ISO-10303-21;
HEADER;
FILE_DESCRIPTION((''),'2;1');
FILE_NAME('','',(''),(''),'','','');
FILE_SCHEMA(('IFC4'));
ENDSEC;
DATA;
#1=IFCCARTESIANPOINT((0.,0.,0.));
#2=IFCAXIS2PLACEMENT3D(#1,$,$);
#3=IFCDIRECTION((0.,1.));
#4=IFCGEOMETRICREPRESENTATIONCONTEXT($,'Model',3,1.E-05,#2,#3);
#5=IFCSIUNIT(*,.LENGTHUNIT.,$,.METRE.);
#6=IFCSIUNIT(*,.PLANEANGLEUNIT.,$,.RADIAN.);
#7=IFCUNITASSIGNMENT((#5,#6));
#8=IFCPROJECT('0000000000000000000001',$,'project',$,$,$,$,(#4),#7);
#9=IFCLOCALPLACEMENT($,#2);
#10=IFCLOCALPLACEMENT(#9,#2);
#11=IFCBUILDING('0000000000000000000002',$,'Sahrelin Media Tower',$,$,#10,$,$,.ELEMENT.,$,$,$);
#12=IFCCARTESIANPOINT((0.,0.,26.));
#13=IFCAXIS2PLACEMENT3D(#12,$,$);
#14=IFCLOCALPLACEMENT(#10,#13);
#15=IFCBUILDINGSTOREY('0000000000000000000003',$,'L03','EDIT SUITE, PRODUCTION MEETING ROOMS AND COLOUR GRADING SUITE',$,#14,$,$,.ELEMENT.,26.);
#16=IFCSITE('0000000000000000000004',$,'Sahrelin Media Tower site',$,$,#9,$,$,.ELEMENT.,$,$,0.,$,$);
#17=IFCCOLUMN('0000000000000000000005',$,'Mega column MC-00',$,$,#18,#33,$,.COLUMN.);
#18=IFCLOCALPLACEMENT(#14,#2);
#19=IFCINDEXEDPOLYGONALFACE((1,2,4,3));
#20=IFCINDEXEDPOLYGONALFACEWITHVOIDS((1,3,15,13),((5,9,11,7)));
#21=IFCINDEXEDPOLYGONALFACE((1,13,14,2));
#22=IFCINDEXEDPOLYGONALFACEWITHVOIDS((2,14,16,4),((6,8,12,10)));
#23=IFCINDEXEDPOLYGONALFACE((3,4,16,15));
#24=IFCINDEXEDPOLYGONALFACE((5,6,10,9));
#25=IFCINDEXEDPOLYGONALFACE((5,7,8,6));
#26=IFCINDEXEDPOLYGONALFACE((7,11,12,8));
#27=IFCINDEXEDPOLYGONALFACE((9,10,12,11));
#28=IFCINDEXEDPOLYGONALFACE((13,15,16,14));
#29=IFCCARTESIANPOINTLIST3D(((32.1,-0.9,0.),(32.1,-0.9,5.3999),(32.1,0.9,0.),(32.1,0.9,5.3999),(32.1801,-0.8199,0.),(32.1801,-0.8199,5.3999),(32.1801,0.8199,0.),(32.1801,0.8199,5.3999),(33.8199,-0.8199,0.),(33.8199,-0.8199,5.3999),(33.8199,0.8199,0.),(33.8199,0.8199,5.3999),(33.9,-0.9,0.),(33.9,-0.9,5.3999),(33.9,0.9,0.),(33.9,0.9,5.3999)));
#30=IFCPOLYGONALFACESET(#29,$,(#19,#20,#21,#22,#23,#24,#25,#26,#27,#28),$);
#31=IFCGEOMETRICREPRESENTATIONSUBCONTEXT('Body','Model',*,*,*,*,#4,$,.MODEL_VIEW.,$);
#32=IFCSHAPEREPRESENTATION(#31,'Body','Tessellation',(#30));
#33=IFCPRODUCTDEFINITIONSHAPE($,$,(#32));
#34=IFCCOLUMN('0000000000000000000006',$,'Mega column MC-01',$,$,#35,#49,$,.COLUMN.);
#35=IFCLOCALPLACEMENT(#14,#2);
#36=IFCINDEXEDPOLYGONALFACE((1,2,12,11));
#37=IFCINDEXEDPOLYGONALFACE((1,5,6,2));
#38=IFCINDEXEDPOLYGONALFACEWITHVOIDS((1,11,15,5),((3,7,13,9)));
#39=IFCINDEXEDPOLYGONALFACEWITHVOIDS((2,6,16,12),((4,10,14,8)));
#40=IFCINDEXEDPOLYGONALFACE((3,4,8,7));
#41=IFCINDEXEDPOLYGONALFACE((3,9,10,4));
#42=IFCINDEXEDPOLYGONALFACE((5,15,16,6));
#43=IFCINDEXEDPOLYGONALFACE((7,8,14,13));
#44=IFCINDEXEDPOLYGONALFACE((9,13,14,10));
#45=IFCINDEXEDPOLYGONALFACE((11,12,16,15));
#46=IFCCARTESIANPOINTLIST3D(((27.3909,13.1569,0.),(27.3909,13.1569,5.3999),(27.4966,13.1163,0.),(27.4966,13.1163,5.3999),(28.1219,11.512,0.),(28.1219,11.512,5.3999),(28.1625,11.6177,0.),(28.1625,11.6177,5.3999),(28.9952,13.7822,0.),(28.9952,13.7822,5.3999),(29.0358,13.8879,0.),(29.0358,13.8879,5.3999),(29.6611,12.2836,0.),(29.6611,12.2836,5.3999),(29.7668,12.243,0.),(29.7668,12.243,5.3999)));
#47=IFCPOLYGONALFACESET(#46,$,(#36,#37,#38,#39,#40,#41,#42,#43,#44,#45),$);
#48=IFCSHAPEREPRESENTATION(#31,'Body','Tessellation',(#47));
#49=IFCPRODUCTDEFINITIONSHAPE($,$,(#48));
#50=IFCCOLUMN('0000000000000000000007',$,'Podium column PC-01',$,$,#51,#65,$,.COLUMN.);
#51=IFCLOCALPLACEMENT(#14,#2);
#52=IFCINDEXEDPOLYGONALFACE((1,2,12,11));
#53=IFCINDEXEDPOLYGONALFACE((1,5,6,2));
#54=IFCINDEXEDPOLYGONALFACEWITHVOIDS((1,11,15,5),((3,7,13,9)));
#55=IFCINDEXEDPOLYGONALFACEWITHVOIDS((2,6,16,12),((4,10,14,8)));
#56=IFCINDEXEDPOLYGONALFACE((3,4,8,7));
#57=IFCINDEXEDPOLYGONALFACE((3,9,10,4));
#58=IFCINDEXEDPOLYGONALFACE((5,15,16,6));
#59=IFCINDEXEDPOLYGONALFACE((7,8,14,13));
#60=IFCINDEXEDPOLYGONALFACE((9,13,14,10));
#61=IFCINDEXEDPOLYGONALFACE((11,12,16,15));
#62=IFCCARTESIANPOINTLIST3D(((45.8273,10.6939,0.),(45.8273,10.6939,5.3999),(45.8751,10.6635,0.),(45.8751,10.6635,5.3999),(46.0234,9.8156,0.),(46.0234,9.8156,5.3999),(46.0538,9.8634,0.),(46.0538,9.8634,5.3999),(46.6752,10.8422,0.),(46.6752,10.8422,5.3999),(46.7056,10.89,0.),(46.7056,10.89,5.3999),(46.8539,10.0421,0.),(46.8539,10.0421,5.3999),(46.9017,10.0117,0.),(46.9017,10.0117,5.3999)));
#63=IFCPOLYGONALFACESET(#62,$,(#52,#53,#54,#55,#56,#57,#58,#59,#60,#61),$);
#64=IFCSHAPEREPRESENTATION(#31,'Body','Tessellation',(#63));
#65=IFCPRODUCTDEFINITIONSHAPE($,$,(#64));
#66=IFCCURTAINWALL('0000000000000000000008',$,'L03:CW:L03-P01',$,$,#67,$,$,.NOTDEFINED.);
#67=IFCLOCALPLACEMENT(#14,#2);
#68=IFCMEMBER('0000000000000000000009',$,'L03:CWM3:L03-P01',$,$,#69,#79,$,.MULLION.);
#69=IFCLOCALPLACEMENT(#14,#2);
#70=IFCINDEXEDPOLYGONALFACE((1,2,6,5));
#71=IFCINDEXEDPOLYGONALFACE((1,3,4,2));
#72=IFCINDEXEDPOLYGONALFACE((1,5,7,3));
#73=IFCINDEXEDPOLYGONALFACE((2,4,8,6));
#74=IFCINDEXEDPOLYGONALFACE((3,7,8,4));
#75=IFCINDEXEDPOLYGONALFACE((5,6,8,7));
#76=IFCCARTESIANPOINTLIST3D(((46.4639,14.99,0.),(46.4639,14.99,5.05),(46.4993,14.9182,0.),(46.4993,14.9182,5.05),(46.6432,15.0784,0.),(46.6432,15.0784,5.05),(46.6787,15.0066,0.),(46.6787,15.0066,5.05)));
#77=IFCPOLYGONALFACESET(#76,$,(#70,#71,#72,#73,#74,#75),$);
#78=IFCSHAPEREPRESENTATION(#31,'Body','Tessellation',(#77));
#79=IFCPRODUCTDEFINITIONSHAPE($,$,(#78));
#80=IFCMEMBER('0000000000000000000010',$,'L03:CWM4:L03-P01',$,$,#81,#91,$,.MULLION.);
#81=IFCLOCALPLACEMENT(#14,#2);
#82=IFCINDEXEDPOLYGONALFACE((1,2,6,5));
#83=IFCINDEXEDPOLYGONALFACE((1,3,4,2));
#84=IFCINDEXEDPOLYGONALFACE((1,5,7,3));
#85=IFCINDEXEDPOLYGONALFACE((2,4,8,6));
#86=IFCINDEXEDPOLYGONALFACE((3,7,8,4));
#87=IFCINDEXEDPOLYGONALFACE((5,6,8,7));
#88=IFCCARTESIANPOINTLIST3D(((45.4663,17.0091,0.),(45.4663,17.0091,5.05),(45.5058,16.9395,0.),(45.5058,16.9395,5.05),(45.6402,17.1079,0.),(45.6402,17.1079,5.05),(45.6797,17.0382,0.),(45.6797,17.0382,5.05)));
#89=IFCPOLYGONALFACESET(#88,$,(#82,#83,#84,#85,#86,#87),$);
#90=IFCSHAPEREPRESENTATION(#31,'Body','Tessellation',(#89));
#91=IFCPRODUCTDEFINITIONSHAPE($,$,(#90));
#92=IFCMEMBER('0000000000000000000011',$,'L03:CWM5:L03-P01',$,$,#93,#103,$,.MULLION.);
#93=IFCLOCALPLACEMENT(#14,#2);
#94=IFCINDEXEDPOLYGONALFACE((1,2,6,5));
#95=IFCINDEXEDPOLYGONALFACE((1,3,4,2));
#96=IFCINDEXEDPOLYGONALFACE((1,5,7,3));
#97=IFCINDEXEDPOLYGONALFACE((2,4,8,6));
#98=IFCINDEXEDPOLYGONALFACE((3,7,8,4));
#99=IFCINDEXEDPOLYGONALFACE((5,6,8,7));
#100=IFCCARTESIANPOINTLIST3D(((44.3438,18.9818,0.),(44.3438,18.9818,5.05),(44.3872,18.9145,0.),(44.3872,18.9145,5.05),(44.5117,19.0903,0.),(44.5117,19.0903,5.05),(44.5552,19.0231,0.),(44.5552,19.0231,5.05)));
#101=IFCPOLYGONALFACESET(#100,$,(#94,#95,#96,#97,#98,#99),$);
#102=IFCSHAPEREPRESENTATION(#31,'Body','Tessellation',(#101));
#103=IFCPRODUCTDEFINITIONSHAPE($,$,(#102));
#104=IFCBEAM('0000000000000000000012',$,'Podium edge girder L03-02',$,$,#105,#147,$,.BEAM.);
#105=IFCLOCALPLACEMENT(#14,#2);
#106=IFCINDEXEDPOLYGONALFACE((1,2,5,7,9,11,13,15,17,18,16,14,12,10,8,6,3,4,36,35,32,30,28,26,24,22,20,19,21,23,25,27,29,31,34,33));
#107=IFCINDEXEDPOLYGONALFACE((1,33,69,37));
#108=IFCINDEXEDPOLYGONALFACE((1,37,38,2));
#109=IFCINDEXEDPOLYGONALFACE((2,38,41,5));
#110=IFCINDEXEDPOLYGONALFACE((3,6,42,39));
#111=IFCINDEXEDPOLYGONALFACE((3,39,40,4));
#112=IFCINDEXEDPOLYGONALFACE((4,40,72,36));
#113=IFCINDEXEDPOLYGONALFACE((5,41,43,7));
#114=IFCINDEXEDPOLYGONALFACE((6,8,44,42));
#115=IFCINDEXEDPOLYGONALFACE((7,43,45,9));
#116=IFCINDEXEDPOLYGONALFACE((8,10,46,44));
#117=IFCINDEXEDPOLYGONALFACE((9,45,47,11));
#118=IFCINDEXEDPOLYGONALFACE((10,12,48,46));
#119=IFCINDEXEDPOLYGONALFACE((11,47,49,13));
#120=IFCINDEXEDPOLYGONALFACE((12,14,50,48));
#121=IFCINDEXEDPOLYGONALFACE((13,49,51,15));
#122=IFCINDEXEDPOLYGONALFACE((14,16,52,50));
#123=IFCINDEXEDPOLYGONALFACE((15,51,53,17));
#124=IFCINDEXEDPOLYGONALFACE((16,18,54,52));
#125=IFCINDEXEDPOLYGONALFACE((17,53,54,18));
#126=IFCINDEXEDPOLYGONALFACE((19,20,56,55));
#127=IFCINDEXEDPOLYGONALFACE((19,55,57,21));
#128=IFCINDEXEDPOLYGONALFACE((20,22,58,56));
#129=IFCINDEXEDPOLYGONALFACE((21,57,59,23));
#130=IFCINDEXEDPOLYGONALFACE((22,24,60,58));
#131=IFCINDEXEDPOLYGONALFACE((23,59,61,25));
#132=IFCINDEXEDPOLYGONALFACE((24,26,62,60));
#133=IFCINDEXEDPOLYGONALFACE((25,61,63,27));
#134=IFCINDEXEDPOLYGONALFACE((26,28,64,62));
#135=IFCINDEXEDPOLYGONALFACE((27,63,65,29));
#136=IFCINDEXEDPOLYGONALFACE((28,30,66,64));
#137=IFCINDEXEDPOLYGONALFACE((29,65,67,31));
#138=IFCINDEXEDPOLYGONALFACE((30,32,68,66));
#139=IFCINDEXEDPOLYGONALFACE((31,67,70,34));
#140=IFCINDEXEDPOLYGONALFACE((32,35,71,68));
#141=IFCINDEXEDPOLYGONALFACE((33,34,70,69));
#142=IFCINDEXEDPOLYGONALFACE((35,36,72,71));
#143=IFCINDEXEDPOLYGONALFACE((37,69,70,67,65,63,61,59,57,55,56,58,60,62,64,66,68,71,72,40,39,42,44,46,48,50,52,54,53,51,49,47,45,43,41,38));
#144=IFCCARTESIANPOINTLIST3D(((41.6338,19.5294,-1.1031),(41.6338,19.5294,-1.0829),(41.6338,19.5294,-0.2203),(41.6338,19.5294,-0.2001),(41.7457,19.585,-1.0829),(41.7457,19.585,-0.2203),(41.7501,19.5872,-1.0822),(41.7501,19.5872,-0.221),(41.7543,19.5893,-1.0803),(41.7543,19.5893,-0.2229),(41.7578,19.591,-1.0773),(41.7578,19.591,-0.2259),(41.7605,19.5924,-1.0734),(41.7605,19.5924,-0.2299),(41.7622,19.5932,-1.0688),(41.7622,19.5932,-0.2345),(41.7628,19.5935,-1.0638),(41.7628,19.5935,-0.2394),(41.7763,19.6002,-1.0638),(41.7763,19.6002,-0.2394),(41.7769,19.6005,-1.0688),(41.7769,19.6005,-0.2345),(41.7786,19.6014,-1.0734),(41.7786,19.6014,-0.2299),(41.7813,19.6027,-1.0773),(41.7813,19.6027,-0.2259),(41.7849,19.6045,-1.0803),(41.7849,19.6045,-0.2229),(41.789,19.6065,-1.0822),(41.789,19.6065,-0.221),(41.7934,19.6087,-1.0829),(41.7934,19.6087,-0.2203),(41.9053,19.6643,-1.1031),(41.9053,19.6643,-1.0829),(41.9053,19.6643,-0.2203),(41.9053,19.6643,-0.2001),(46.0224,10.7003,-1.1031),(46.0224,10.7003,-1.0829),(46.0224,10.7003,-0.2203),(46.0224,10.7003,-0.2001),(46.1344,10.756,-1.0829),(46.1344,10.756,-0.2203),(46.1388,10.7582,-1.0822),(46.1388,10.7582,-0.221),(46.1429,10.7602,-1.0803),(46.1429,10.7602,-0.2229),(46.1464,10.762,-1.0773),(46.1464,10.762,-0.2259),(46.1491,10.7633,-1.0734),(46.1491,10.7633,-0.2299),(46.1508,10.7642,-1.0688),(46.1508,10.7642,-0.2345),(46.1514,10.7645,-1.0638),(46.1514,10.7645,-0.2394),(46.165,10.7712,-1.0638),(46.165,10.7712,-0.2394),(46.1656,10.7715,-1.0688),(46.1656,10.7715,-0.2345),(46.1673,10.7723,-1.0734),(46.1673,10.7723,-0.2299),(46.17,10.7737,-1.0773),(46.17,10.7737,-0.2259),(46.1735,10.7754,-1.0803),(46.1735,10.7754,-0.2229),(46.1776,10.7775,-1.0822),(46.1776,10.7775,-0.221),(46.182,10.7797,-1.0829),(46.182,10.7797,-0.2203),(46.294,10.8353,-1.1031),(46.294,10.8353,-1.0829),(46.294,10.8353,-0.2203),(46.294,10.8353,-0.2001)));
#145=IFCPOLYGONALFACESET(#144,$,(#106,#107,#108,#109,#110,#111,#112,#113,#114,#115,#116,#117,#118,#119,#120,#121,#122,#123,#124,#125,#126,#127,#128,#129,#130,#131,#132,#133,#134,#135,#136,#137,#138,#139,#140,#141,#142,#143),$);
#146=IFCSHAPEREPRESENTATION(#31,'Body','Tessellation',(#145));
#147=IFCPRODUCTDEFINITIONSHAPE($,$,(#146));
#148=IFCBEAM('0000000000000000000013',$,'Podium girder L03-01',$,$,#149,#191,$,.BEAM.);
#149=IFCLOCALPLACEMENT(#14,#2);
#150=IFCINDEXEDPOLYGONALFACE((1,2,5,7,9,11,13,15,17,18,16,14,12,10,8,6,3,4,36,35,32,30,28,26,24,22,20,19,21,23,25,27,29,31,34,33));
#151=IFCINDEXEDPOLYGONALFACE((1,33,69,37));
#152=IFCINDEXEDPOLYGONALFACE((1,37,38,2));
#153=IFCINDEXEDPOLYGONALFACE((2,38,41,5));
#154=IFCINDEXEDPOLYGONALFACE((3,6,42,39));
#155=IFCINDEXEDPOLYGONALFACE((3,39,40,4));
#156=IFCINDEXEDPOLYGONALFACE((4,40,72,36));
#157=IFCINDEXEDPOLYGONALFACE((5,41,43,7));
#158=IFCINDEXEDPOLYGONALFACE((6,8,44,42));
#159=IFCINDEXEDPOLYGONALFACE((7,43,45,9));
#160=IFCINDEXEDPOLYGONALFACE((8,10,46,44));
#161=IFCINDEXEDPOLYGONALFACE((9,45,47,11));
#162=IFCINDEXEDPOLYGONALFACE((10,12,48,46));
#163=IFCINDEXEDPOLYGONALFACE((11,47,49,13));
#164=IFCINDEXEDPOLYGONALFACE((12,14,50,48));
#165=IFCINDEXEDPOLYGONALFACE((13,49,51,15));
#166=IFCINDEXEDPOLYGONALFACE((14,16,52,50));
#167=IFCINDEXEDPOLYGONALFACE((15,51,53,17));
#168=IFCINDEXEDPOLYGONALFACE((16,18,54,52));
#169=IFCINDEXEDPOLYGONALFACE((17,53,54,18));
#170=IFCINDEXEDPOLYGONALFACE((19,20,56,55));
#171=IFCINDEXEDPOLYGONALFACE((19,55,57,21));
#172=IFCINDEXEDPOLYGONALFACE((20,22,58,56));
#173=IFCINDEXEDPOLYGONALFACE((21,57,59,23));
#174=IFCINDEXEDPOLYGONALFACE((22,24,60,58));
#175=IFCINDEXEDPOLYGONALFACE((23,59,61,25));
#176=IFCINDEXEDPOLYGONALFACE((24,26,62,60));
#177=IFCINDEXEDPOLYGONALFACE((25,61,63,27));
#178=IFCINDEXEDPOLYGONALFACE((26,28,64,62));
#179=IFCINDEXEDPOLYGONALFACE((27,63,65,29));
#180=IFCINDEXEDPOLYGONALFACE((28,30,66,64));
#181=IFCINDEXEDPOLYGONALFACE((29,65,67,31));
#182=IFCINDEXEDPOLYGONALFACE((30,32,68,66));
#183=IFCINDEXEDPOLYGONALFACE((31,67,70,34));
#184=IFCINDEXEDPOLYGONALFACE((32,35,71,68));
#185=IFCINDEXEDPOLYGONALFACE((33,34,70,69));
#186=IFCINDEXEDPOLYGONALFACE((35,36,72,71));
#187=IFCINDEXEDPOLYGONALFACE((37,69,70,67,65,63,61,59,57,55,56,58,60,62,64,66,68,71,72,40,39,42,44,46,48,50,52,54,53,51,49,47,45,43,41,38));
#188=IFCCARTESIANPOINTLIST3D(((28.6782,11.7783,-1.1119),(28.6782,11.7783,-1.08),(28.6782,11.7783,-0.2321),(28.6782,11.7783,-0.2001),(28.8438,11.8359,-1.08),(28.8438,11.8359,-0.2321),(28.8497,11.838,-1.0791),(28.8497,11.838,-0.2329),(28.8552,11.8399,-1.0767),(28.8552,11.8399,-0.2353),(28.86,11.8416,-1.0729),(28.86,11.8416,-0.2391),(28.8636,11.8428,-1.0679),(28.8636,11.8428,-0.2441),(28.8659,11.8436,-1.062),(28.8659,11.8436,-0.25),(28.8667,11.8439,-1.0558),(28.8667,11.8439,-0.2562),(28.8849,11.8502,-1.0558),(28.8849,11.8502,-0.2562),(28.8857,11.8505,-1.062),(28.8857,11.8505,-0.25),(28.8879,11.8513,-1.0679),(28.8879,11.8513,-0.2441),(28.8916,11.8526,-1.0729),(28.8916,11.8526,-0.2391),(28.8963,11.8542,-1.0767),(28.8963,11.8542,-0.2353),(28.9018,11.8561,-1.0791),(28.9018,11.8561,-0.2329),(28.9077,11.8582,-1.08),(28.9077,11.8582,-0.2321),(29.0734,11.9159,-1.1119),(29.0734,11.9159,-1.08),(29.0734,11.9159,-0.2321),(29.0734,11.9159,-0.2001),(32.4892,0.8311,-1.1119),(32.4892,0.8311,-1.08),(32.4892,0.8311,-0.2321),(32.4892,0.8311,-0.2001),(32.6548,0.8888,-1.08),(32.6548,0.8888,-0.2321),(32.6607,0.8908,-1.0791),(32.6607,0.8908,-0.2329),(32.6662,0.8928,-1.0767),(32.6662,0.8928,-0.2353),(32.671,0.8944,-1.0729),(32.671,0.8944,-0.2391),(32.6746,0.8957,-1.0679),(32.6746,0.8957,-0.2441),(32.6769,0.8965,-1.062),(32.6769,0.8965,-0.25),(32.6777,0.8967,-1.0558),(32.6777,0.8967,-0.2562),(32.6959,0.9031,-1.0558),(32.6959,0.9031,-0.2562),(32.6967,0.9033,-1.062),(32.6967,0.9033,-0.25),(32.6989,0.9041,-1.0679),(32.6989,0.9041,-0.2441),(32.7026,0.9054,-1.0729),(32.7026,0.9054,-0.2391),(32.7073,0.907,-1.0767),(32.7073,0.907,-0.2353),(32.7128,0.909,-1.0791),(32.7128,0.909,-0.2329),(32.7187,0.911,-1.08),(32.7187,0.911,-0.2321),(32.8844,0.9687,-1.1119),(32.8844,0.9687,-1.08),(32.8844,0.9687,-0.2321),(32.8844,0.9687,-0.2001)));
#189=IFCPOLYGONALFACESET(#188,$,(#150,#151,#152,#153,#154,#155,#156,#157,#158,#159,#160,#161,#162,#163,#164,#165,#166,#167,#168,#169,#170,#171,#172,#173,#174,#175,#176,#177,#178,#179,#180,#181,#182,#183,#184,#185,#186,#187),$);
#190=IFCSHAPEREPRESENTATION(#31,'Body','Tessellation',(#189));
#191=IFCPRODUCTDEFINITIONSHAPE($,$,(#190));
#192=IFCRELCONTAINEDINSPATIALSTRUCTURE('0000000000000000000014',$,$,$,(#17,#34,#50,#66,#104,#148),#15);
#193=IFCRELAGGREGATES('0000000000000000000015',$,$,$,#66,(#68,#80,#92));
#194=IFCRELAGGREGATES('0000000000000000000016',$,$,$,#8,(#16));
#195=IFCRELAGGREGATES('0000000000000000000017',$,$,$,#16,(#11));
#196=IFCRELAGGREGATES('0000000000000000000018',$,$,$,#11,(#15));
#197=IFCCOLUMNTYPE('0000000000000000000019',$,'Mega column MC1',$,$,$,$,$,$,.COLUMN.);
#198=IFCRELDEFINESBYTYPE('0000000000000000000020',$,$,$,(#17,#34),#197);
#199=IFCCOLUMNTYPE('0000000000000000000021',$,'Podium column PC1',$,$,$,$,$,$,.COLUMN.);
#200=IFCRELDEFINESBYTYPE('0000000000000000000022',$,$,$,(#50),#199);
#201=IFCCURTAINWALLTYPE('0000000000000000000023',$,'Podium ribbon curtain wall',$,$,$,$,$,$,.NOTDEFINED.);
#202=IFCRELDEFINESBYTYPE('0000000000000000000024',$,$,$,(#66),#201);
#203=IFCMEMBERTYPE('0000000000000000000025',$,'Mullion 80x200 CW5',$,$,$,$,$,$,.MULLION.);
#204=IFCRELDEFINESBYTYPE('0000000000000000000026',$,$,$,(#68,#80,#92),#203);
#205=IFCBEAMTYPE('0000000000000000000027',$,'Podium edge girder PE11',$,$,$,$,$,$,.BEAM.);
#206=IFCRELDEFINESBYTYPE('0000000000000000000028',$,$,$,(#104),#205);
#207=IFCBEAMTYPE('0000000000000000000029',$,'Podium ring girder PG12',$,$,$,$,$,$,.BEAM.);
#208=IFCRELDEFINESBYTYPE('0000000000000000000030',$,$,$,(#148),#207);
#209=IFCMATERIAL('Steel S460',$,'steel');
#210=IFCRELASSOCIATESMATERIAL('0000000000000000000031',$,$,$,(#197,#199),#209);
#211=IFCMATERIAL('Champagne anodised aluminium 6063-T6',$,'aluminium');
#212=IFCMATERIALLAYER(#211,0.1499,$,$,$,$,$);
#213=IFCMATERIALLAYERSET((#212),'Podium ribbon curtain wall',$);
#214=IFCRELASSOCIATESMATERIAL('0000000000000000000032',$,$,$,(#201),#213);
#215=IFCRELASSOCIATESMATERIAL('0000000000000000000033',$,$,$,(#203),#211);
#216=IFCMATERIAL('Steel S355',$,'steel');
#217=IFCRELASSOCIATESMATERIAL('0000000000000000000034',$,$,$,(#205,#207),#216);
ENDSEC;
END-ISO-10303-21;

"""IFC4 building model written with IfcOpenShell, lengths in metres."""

from ifc_helpers import new_model, si_unit, direction, frame, origin, origin_2d, place, context, subcontext, project, spatial, rectangle, hollow_rectangle, i_section, extrude, material, layer, layer_set, material_profile, profile_set, type_object, element, aggregate, save


model = new_model("IFC4")

# Units and contexts
model_context = context("Model", 3, precision=1e-05, world=origin(), true_north=direction((0.0, 1.0)))
body_context = subcontext(model_context, "Body", "Model", "MODEL_VIEW")
ifc_project = project(units=[si_unit("LENGTHUNIT", "METRE"), si_unit("PLANEANGLEUNIT", "RADIAN")], contexts=[model_context])

# Site, building, storey
site_placement = place(None, origin())
site = spatial("IfcSite", under=ifc_project, at=site_placement, Name="Sahrelin Media Tower site", CompositionType="ELEMENT", RefElevation=0.0)
building_placement = place(site_placement, origin())
building = spatial("IfcBuilding", under=site, at=building_placement, Name="Sahrelin Media Tower", CompositionType="ELEMENT")
storey_placement = place(building_placement, frame((0.0, 0.0, 26.0)))
storey = spatial("IfcBuildingStorey", under=building, at=storey_placement, Name="L03", Description="EDIT SUITE, PRODUCTION MEETING ROOMS AND COLOUR GRADING SUITE", CompositionType="ELEMENT", Elevation=26.0)

# Columns
ifc_material_1 = material(Name="Steel S460", Category="steel")
ifc_material_profile_1 = material_profile(ifc_material_1, hollow_rectangle(XDim=1.8, YDim=1.8, WallThickness=0.0801, at=origin_2d()), Name="Mega column MC1")
ifc_profile_set_1 = profile_set([ifc_material_profile_1], Name="Steel S460")
column_type_1 = type_object("IfcColumnType", Name="Mega column MC1", PredefinedType="COLUMN", material=ifc_profile_set_1)
for number, where, z_axis, x_axis, name in (
    (1, (33.0, 0.0, 0.0), (0.0, 0.0, 1.0), (1.0, 0.0, 0.0), "Mega column MC-00"),
    (2, (28.5789, 12.7, 0.0), (0.0, 0.0, 1.0), (0.913831, 0.406094, 0.0), "Mega column MC-01"),
):
    element("IfcColumn", number, at=place(storey_placement, frame(where, z_axis=z_axis, x_axis=x_axis)), inside=storey, type_object=column_type_1, Name=name, PredefinedType="COLUMN", context=body_context, shape_type="SweptSolid", body=[
        extrude(hollow_rectangle(XDim=1.8, YDim=1.8, WallThickness=0.0801, at=origin_2d()), origin(), (0.0, 0.0, 1.0), 5.3999),
    ])
ifc_material_profile_2 = material_profile(ifc_material_1, hollow_rectangle(XDim=0.8999, YDim=0.8999, WallThickness=0.04, at=origin_2d()), Name="Podium column PC1")
ifc_profile_set_2 = profile_set([ifc_material_profile_2], Name="Steel S460")
column_type_2 = type_object("IfcColumnType", Name="Podium column PC1", PredefinedType="COLUMN", material=ifc_profile_set_2)
column_placement = place(storey_placement, frame((46.3645, 10.3528, 0.0), z_axis=(0.0, 0.0, 1.0), x_axis=(0.975965, 0.217925, 0.0)))
element("IfcColumn", 3, at=column_placement, inside=storey, type_object=column_type_2, Name="Podium column PC-01", PredefinedType="COLUMN", context=body_context, shape_type="SweptSolid", body=[
    extrude(hollow_rectangle(XDim=0.8999, YDim=0.8999, WallThickness=0.04, at=origin_2d()), origin(), (0.0, 0.0, 1.0), 5.3999),
])

# Curtain wall, members
ifc_material_2 = material(Name="Champagne anodised aluminium 6063-T6", Category="aluminium")
ifc_layer_1 = layer(ifc_material_2, 0.1499)
ifc_layer_set_1 = layer_set([ifc_layer_1], Name="Podium ribbon curtain wall")
curtain_wall_type = type_object("IfcCurtainWallType", Name="Podium ribbon curtain wall", PredefinedType="NOTDEFINED", material=ifc_layer_set_1)
curtain_wall_placement = place(storey_placement, frame((48.2964, 10.8704, 0.0), z_axis=(0.0, 0.0, 1.0), x_axis=(1.0, 0.0, 0.0)))
curtain_wall = element("IfcCurtainWall", 4, at=curtain_wall_placement, inside=storey, type_object=curtain_wall_type, Name="L03:CW:L03-P01", PredefinedType="NOTDEFINED")
ifc_material_profile_3 = material_profile(ifc_material_2, rectangle(XDim=0.0801, YDim=0.2, at=origin_2d()), Name="Mullion 80x200")
ifc_profile_set_3 = profile_set([ifc_material_profile_3], Name="Champagne anodised aluminium 6063-T6")
member_type_1 = type_object("IfcMemberType", Name="Mullion 80x200 CW5", PredefinedType="MULLION", material=ifc_profile_set_3)
member_1_placement = place(storey_placement, frame((46.5713, 14.9983, 0.0), z_axis=(0.0, 0.0, 1.0), x_axis=(-0.442262, 0.896886, 0.0)))
member_1 = element("IfcMember", 5, at=member_1_placement, type_object=member_type_1, Name="L03:CWM3:L03-P01", PredefinedType="MULLION", context=body_context, shape_type="SweptSolid", body=[
    extrude(rectangle(XDim=0.0801, YDim=0.2, at=origin_2d()), origin(), (0.0, 0.0, 1.0), 5.05),
])
member_2_placement = place(storey_placement, frame((45.573, 17.0237, 0.0), z_axis=(0.0, 0.0, 1.0), x_axis=(-0.493787, 0.869583, 0.0)))
member_2 = element("IfcMember", 6, at=member_2_placement, type_object=member_type_1, Name="L03:CWM4:L03-P01", PredefinedType="MULLION", context=body_context, shape_type="SweptSolid", body=[
    extrude(rectangle(XDim=0.0801, YDim=0.2, at=origin_2d()), origin(), (0.0, 0.0, 1.0), 5.05),
])
member_3_placement = place(storey_placement, frame((44.4495, 19.0024, 0.0), z_axis=(0.0, 0.0, 1.0), x_axis=(-0.54283, 0.839843, 0.0)))
member_3 = element("IfcMember", 7, at=member_3_placement, type_object=member_type_1, Name="L03:CWM5:L03-P01", PredefinedType="MULLION", context=body_context, shape_type="SweptSolid", body=[
    extrude(rectangle(XDim=0.0801, YDim=0.2, at=origin_2d()), origin(), (0.0, 0.0, 1.0), 5.05),
])

# Beams
ifc_material_3 = material(Name="Steel S355", Category="steel")
ifc_material_profile_4 = material_profile(ifc_material_3, i_section(OverallWidth=0.3032, OverallDepth=0.9031, WebThickness=0.0151, FlangeThickness=0.0203, FilletRadius=0.019, at=origin_2d()), Name="UB 914x305x201")
ifc_profile_set_4 = profile_set([ifc_material_profile_4], Name="Steel S355")
beam_type_1 = type_object("IfcBeamType", Name="Podium edge girder PE11", PredefinedType="BEAM", material=ifc_profile_set_4)
beam_1_placement = place(storey_placement, frame((46.1582, 10.7678, -0.6516), z_axis=(-0.445113, 0.895475, 0.0), x_axis=(-0.895475, -0.445113, 0.0)))
element("IfcBeam", 8, at=beam_1_placement, inside=storey, type_object=beam_type_1, Name="Podium edge girder L03-02", PredefinedType="BEAM", context=body_context, shape_type="SweptSolid", body=[
    extrude(i_section(OverallWidth=0.3032, OverallDepth=0.9031, WebThickness=0.0151, FlangeThickness=0.0203, FilletRadius=0.019, at=origin_2d()), origin(), (0.0, 0.0, 1.0), 9.8596),
])
ifc_material_profile_5 = material_profile(ifc_material_3, i_section(OverallWidth=0.4185, OverallDepth=0.9119, WebThickness=0.0193, FlangeThickness=0.032, FilletRadius=0.0242, at=origin_2d()), Name="UB 914x419x343")
ifc_profile_set_5 = profile_set([ifc_material_profile_5], Name="Steel S355")
beam_type_2 = type_object("IfcBeamType", Name="Podium ring girder PG12", PredefinedType="BEAM", material=ifc_profile_set_5)
beam_2_placement = place(storey_placement, frame((32.6868, 0.8999, -0.656), z_axis=(-0.328774, 0.944409, 0.0), x_axis=(-0.944409, -0.328774, 0.0)))
element("IfcBeam", 9, at=beam_2_placement, inside=storey, type_object=beam_type_2, Name="Podium girder L03-01", PredefinedType="BEAM", context=body_context, shape_type="SweptSolid", body=[
    extrude(i_section(OverallWidth=0.4185, OverallDepth=0.9119, WebThickness=0.0193, FlangeThickness=0.032, FilletRadius=0.0242, at=origin_2d()), origin(), (0.0, 0.0, 1.0), 11.5916),
])

aggregate(curtain_wall, [member_1, member_2, member_3])

save(model, "model.ifc")
